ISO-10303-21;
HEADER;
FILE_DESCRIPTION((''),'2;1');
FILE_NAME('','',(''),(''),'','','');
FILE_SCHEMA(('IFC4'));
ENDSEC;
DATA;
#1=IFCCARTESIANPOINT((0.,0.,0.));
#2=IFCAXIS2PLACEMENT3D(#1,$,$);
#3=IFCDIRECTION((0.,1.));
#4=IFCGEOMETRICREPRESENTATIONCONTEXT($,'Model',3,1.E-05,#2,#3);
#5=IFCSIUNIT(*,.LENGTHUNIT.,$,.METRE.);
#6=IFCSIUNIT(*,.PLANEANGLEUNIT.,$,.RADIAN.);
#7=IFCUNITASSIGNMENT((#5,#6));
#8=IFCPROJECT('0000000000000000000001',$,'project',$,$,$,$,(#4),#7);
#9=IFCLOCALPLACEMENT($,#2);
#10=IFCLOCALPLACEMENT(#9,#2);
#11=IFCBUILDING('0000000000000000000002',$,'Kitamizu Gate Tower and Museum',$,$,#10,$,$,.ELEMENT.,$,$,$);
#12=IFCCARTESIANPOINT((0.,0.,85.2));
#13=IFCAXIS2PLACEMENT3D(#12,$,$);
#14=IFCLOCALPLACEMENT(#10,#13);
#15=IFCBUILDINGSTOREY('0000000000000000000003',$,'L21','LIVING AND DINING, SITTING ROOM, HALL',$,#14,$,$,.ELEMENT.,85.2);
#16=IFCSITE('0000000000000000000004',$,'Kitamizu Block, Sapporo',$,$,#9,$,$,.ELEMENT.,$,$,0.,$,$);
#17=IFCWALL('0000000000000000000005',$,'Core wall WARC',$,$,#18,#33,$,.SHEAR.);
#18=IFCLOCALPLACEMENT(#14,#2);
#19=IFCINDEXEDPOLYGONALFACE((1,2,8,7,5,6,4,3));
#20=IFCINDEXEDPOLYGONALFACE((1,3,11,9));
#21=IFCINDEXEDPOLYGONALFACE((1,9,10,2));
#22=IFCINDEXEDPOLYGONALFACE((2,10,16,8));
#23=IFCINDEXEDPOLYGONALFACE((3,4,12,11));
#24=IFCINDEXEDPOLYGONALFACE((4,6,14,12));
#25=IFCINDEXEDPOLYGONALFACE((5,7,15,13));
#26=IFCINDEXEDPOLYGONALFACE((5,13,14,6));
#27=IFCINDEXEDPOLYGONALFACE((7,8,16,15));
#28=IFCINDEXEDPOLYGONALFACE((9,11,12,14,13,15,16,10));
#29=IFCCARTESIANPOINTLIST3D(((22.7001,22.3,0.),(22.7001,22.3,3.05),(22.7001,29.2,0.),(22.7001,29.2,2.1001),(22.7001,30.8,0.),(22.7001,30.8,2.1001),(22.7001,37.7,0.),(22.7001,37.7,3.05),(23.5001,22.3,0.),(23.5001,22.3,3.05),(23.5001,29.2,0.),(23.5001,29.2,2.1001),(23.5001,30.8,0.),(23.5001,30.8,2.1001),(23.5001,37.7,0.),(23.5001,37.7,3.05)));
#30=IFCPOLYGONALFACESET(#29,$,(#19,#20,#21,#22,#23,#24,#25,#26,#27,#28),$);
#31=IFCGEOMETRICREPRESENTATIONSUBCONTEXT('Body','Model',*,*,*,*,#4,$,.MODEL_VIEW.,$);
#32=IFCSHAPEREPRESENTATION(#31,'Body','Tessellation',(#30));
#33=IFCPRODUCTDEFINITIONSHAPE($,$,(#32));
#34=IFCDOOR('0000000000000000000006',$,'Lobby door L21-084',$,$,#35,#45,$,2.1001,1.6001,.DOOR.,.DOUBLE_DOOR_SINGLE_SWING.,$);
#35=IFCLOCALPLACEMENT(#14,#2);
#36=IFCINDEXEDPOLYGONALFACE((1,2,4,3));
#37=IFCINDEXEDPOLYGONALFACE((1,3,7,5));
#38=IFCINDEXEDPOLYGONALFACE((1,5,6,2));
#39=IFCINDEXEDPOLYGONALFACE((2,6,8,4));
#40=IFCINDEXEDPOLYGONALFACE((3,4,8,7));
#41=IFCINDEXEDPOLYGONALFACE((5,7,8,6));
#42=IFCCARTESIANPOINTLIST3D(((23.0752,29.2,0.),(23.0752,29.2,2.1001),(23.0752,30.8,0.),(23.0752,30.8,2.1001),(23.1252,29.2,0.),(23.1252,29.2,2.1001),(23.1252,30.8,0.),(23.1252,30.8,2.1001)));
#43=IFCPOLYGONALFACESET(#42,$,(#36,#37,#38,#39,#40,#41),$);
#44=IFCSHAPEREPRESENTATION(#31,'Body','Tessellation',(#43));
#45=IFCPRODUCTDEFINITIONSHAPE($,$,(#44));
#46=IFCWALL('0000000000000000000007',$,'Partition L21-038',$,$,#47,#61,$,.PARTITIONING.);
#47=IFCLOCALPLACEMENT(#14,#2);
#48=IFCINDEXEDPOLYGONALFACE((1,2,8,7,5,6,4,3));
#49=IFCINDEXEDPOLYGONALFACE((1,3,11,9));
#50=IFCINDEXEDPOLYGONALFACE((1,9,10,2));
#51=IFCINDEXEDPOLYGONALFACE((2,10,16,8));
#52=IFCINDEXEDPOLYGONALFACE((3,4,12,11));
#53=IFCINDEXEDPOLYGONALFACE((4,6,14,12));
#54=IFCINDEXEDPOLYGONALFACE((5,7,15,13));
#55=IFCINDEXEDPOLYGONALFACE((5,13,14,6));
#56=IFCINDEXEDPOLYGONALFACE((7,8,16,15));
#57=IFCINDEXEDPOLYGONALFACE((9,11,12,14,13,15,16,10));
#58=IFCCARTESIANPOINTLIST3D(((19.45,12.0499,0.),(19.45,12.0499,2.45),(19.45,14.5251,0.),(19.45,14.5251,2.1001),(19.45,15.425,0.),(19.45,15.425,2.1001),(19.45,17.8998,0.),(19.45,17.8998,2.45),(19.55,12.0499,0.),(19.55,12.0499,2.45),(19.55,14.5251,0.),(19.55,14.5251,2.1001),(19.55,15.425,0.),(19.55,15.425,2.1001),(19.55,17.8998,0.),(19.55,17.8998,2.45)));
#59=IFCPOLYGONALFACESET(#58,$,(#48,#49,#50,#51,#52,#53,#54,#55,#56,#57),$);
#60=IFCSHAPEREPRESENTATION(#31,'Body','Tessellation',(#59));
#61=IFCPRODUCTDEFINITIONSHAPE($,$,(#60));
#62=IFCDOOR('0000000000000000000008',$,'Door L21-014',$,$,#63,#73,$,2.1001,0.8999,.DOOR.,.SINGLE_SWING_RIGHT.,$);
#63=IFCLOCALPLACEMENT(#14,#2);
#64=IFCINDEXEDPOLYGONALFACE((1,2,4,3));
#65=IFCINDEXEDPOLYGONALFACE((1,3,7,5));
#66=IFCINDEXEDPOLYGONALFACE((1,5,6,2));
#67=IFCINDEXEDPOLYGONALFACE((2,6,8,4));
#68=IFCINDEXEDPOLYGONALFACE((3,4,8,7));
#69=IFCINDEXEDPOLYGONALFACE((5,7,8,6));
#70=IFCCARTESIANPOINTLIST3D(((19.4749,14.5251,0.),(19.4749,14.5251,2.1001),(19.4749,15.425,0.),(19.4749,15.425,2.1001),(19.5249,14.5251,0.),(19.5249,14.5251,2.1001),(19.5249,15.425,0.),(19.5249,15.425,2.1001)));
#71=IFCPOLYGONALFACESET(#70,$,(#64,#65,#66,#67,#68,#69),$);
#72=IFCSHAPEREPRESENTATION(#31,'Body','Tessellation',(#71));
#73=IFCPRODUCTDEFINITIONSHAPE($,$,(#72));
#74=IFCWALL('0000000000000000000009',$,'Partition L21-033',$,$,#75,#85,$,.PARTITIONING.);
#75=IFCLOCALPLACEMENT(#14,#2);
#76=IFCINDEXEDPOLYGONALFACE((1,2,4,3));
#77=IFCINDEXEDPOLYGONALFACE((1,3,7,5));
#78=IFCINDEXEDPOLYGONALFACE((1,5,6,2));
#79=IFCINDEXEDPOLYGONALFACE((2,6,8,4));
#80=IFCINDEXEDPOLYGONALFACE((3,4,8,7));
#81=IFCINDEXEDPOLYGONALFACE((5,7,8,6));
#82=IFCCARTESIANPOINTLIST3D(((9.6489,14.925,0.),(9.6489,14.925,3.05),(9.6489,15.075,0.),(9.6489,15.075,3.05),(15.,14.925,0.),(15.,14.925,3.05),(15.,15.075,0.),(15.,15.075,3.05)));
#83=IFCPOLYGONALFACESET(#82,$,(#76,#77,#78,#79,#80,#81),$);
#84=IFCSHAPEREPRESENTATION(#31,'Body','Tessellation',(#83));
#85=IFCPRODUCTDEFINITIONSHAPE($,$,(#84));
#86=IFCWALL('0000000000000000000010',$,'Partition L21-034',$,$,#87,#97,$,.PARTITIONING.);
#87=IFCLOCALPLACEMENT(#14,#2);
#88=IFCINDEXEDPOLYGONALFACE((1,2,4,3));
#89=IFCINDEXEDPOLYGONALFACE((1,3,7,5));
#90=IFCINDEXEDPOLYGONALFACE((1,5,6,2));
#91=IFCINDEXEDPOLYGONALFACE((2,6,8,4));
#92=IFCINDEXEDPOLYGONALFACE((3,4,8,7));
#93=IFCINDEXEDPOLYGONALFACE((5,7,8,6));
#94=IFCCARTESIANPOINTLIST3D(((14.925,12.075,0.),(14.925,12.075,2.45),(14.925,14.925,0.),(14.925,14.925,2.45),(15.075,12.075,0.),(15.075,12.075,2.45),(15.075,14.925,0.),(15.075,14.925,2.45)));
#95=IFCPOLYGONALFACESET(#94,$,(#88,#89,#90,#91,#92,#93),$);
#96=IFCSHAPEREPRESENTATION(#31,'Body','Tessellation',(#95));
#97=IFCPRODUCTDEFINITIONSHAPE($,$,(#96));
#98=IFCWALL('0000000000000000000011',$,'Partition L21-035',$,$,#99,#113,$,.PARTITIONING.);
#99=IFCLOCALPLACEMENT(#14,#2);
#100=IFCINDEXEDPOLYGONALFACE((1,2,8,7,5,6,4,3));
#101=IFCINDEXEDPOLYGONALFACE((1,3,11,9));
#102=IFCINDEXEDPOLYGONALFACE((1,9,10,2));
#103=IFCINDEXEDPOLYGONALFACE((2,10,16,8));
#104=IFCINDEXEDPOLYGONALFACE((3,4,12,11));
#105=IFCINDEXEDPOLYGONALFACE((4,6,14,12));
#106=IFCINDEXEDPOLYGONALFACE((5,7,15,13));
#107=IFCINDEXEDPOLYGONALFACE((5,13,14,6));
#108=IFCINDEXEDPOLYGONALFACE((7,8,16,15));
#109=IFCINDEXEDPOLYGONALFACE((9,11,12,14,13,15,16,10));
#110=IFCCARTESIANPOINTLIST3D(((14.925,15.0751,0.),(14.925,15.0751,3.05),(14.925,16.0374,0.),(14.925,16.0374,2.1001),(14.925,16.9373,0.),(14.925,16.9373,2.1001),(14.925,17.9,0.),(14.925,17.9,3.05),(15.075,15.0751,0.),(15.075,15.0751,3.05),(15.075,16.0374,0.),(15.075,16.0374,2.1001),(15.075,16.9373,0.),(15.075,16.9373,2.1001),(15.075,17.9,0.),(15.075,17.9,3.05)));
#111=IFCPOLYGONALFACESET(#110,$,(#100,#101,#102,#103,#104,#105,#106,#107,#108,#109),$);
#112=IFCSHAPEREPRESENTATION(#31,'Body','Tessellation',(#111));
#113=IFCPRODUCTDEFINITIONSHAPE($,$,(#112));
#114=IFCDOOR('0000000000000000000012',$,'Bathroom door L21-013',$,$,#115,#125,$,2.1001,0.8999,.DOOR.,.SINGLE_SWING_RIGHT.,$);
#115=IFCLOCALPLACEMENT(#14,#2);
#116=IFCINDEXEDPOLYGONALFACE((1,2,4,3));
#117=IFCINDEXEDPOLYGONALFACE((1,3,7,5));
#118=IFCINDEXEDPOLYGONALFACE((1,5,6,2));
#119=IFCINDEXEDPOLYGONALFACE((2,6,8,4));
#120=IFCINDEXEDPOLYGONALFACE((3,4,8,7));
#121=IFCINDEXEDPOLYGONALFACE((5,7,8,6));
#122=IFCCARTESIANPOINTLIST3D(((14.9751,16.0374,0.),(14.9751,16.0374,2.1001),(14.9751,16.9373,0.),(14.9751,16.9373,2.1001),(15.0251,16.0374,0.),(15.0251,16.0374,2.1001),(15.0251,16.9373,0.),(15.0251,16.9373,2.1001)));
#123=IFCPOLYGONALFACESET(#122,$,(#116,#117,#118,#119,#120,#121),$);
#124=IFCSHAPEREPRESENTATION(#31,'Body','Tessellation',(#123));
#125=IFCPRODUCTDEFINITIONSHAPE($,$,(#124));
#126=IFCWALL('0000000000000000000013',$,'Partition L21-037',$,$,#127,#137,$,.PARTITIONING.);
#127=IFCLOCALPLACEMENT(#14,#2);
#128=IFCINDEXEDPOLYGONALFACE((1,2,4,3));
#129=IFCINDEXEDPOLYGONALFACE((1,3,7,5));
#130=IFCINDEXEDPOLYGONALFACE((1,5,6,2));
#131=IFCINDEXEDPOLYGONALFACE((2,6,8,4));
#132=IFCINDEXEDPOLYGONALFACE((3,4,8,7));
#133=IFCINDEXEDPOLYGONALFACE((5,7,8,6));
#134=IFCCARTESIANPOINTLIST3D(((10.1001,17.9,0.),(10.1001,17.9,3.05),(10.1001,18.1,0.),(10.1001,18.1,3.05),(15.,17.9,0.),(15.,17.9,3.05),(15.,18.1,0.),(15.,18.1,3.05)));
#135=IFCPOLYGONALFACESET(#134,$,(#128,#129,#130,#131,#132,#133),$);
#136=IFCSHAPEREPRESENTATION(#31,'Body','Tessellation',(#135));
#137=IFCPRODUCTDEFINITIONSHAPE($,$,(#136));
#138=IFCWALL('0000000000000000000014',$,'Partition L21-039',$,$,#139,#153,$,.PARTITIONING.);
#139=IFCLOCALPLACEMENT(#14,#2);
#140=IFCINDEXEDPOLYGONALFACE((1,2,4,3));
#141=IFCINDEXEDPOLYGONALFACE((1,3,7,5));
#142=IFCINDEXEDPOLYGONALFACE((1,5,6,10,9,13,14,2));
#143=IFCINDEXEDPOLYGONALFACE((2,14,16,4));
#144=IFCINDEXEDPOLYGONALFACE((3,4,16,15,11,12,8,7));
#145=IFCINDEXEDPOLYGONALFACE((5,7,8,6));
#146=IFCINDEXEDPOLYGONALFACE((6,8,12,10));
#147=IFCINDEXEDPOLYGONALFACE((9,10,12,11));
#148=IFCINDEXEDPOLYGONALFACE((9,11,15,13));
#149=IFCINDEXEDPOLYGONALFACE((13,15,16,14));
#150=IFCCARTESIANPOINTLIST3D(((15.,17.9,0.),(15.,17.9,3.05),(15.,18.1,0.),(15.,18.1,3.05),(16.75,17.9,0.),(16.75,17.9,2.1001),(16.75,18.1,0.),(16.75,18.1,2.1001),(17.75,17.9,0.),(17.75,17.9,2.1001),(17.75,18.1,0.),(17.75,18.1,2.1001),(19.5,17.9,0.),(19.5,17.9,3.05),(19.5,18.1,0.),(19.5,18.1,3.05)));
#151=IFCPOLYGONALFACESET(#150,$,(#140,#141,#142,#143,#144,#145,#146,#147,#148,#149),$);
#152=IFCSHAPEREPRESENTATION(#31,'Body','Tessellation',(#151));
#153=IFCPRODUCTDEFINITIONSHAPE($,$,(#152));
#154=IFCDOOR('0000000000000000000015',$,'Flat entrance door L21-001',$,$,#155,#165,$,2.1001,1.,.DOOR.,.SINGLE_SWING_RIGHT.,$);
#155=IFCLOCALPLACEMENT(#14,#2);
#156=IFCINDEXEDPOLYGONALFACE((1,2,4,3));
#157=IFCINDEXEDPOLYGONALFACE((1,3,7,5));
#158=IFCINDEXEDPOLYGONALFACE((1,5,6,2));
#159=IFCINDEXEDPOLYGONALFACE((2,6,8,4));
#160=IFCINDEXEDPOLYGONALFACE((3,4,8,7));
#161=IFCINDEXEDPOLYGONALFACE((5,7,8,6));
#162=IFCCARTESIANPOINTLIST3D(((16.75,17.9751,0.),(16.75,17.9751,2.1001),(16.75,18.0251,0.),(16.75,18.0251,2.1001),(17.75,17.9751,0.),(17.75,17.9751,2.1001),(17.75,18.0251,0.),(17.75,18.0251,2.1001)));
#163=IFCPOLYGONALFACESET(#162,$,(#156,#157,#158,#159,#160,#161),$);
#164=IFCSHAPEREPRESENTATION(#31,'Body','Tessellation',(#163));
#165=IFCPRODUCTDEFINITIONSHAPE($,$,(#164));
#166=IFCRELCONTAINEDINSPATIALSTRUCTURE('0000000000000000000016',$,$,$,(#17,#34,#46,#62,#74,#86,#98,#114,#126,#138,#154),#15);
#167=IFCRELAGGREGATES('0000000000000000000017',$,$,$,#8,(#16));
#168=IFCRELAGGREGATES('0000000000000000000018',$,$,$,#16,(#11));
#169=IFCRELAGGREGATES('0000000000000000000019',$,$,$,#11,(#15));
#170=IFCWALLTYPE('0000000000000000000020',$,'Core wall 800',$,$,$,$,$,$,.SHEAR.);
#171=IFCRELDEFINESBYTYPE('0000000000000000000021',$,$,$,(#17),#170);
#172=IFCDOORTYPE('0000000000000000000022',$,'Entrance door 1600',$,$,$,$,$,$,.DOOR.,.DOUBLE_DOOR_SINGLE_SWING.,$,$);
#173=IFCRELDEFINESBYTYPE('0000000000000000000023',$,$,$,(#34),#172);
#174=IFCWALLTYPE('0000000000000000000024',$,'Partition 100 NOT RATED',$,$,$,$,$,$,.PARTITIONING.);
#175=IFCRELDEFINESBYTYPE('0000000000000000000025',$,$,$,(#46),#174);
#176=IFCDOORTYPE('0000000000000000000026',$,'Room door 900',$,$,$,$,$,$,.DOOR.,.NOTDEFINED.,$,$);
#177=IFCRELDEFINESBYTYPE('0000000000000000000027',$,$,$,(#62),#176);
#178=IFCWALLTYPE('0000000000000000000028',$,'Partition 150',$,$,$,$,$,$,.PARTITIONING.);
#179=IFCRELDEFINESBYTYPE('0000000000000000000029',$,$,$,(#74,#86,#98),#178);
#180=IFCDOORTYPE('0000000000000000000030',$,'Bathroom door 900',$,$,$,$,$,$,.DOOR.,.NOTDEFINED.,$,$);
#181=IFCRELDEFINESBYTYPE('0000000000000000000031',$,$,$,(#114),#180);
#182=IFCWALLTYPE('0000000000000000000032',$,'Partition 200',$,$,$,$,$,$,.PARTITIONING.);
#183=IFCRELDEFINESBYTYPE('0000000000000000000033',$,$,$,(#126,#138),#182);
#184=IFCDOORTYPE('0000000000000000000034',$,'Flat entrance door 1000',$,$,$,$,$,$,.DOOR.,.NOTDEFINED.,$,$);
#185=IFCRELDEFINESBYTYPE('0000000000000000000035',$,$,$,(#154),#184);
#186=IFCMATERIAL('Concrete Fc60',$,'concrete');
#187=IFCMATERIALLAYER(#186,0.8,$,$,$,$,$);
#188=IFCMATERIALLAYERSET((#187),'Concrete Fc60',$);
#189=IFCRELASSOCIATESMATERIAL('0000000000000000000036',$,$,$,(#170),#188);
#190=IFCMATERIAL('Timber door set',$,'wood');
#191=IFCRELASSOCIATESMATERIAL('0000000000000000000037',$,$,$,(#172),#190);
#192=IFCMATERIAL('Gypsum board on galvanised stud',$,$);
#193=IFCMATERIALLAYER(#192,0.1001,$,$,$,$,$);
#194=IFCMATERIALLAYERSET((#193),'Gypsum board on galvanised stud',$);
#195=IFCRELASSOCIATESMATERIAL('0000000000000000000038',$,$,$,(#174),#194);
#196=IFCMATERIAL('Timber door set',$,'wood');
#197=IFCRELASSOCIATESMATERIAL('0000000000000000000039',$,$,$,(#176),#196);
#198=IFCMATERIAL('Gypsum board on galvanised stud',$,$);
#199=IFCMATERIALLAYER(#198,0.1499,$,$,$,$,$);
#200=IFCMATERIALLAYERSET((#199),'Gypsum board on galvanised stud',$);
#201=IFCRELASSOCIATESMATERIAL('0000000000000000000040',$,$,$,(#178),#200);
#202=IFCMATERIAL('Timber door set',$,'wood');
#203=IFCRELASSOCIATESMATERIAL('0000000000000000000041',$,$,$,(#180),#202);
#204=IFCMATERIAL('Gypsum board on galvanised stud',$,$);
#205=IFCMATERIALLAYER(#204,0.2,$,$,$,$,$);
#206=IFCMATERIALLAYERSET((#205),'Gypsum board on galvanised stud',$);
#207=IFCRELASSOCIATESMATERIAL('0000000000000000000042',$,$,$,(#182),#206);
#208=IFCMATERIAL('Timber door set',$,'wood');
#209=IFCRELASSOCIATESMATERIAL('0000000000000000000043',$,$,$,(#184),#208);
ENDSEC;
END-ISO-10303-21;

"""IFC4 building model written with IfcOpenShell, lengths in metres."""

from ifc_helpers import new_model, si_unit, direction, frame, frame_2d, origin, place, context, subcontext, project, spatial, rectangle, extrude, material, layer, layer_set, type_object, element, fill, save


model = new_model("IFC4")

# Units and contexts
model_context = context("Model", 3, precision=1e-05, world=origin(), true_north=direction((0.0, 1.0)))
body_context = subcontext(model_context, "Body", "Model", "MODEL_VIEW")
ifc_project = project(units=[si_unit("LENGTHUNIT", "METRE"), si_unit("PLANEANGLEUNIT", "RADIAN")], contexts=[model_context])

# Site, building, storey
site_placement = place(None, origin())
site = spatial("IfcSite", under=ifc_project, at=site_placement, Name="Kitamizu Block, Sapporo", CompositionType="ELEMENT", RefElevation=0.0)
building_placement = place(site_placement, origin())
building = spatial("IfcBuilding", under=site, at=building_placement, Name="Kitamizu Gate Tower and Museum", CompositionType="ELEMENT")
storey_placement = place(building_placement, frame((0.0, 0.0, 85.2)))
storey = spatial("IfcBuildingStorey", under=building, at=storey_placement, Name="L21", Description="LIVING AND DINING, SITTING ROOM, HALL", CompositionType="ELEMENT", Elevation=85.2)

# Walls, openings, doors
ifc_material_1 = material(Name="Concrete Fc60", Category="concrete")
ifc_layer_1 = layer(ifc_material_1, 0.8)
ifc_layer_set_1 = layer_set([ifc_layer_1], Name="Concrete Fc60")
wall_type_1 = type_object("IfcWallType", Name="Core wall 800", PredefinedType="SHEAR", material=ifc_layer_set_1)
wall_1_placement = place(storey_placement, frame((23.1001, 22.3, 0.0), z_axis=(0.0, 0.0, 1.0), x_axis=(0.0, 1.0, 0.0)))
wall_1 = element("IfcWall", 1, at=wall_1_placement, inside=storey, type_object=wall_type_1, Name="Core wall WARC", PredefinedType="SHEAR", context=body_context, shape_type="SweptSolid", body=[
    extrude(rectangle(XDim=15.3999, YDim=0.8, at=frame_2d((7.7, 0.0))), origin(), (0.0, 0.0, 1.0), 3.05),
])
opening_1_placement = place(wall_1_placement, frame((6.8999, 0.0, 0.0)))
opening_1 = element("IfcOpeningElement", 2, at=opening_1_placement, cuts=wall_1, PredefinedType="OPENING", context=body_context, shape_type="SweptSolid", body=[
    extrude(rectangle(XDim=1.6001, YDim=2.1001, at=frame_2d((0.8, 1.05))), frame((0.0, 0.4102, 0.0), z_axis=(0.0, -1.0, 0.0), x_axis=(1.0, 0.0, 0.0)), (0.0, 0.0, 1.0), 0.8201),
])
ifc_material_2 = material(Name="Timber door set", Category="wood")
door_type_1 = type_object("IfcDoorType", Name="Entrance door 1600", OperationType="DOUBLE_DOOR_SINGLE_SWING", PredefinedType="DOOR", material=ifc_material_2)
door_1_placement = place(opening_1_placement, origin())
door_1 = element("IfcDoor", 3, at=door_1_placement, inside=storey, type_object=door_type_1, Name="Lobby door L21-084", OperationType="DOUBLE_DOOR_SINGLE_SWING", OverallHeight=2.1001, OverallWidth=1.6001, PredefinedType="DOOR", context=body_context, shape_type="SweptSolid", body=[
    extrude(rectangle(XDim=1.6001, YDim=2.1001, at=frame_2d((0.8, 1.05))), frame((0.0, 0.0249, 0.0), z_axis=(0.0, -1.0, 0.0), x_axis=(1.0, 0.0, 0.0)), (0.0, 0.0, 1.0), 0.05),
])
fill(opening_1, door_1)
ifc_material_3 = material(Name="Gypsum board on galvanised stud")
ifc_layer_2 = layer(ifc_material_3, 0.1001)
ifc_layer_set_2 = layer_set([ifc_layer_2], Name="Gypsum board on galvanised stud")
wall_type_2 = type_object("IfcWallType", Name="Partition 100 NOT RATED", PredefinedType="PARTITIONING", material=ifc_layer_set_2)
wall_2_placement = place(storey_placement, frame((19.5, 12.05, 0.0), z_axis=(0.0, 0.0, 1.0), x_axis=(0.0, 1.0, 0.0)))
wall_2 = element("IfcWall", 4, at=wall_2_placement, inside=storey, type_object=wall_type_2, Name="Partition L21-038", PredefinedType="PARTITIONING", context=body_context, shape_type="SweptSolid", body=[
    extrude(rectangle(XDim=5.8499, YDim=0.1001, at=frame_2d((2.9248, 0.0))), origin(), (0.0, 0.0, 1.0), 2.45),
])
opening_2_placement = place(wall_2_placement, frame((2.4751, 0.0, 0.0)))
opening_2 = element("IfcOpeningElement", 5, at=opening_2_placement, cuts=wall_2, PredefinedType="OPENING", context=body_context, shape_type="SweptSolid", body=[
    extrude(rectangle(XDim=0.8999, YDim=2.1001, at=frame_2d((0.45, 1.05))), frame((0.0, 0.0601, 0.0), z_axis=(0.0, -1.0, 0.0), x_axis=(1.0, 0.0, 0.0)), (0.0, 0.0, 1.0), 0.1201),
])
ifc_material_4 = material(Name="Timber door set", Category="wood")
door_type_2 = type_object("IfcDoorType", Name="Room door 900", OperationType="NOTDEFINED", PredefinedType="DOOR", material=ifc_material_4)
door_2_placement = place(opening_2_placement, frame((0.8999, 0.0, 0.0), x_axis=(-1.0, 0.0, 0.0)))
door_2 = element("IfcDoor", 6, at=door_2_placement, inside=storey, type_object=door_type_2, Name="Door L21-014", OperationType="SINGLE_SWING_RIGHT", OverallHeight=2.1001, OverallWidth=0.8999, PredefinedType="DOOR", context=body_context, shape_type="SweptSolid", body=[
    extrude(rectangle(XDim=0.8999, YDim=2.1001, at=frame_2d((0.45, 1.05))), frame((0.0, 0.0249, 0.0), z_axis=(0.0, -1.0, 0.0), x_axis=(1.0, 0.0, 0.0)), (0.0, 0.0, 1.0), 0.05),
])
fill(opening_2, door_2)

# Walls
ifc_material_5 = material(Name="Gypsum board on galvanised stud")
ifc_layer_3 = layer(ifc_material_5, 0.1499)
ifc_layer_set_3 = layer_set([ifc_layer_3], Name="Gypsum board on galvanised stud")
wall_type_3 = type_object("IfcWallType", Name="Partition 150", PredefinedType="PARTITIONING", material=ifc_layer_set_3)
wall_3_placement = place(storey_placement, frame((15.0, 15.0, 0.0), z_axis=(0.0, 0.0, 1.0), x_axis=(-1.0, 0.0, 0.0)))
element("IfcWall", 7, at=wall_3_placement, inside=storey, type_object=wall_type_3, Name="Partition L21-033", PredefinedType="PARTITIONING", context=body_context, shape_type="SweptSolid", body=[
    extrude(rectangle(XDim=5.3511, YDim=0.1499, at=frame_2d((2.6755, 0.0))), origin(), (0.0, 0.0, 1.0), 3.05),
])
wall_4_placement = place(storey_placement, frame((15.0, 12.075, 0.0), z_axis=(0.0, 0.0, 1.0), x_axis=(0.0, 1.0, 0.0)))
element("IfcWall", 8, at=wall_4_placement, inside=storey, type_object=wall_type_3, Name="Partition L21-034", PredefinedType="PARTITIONING", context=body_context, shape_type="SweptSolid", body=[
    extrude(rectangle(XDim=2.8501, YDim=0.1499, at=frame_2d((1.425, 0.0))), origin(), (0.0, 0.0, 1.0), 2.45),
])

# Wall, opening, door
wall_5_placement = place(storey_placement, frame((15.0, 15.075, 0.0), z_axis=(0.0, 0.0, 1.0), x_axis=(0.0, 1.0, 0.0)))
wall_5 = element("IfcWall", 9, at=wall_5_placement, inside=storey, type_object=wall_type_3, Name="Partition L21-035", PredefinedType="PARTITIONING", context=body_context, shape_type="SweptSolid", body=[
    extrude(rectangle(XDim=2.825, YDim=0.1499, at=frame_2d((1.4126, 0.0))), origin(), (0.0, 0.0, 1.0), 3.05),
])
opening_3_placement = place(wall_5_placement, frame((0.9624, 0.0, 0.0)))
opening_3 = element("IfcOpeningElement", 10, at=opening_3_placement, cuts=wall_5, PredefinedType="OPENING", context=body_context, shape_type="SweptSolid", body=[
    extrude(rectangle(XDim=0.8999, YDim=2.1001, at=frame_2d((0.45, 1.05))), frame((0.0, 0.085, 0.0), z_axis=(0.0, -1.0, 0.0), x_axis=(1.0, 0.0, 0.0)), (0.0, 0.0, 1.0), 0.1699),
])
ifc_material_6 = material(Name="Timber door set", Category="wood")
door_type_3 = type_object("IfcDoorType", Name="Bathroom door 900", OperationType="NOTDEFINED", PredefinedType="DOOR", material=ifc_material_6)
door_3_placement = place(opening_3_placement, origin())
door_3 = element("IfcDoor", 11, at=door_3_placement, inside=storey, type_object=door_type_3, Name="Bathroom door L21-013", OperationType="SINGLE_SWING_RIGHT", OverallHeight=2.1001, OverallWidth=0.8999, PredefinedType="DOOR", context=body_context, shape_type="SweptSolid", body=[
    extrude(rectangle(XDim=0.8999, YDim=2.1001, at=frame_2d((0.45, 1.05))), frame((0.0, 0.0249, 0.0), z_axis=(0.0, -1.0, 0.0), x_axis=(1.0, 0.0, 0.0)), (0.0, 0.0, 1.0), 0.05),
])
fill(opening_3, door_3)

# Wall
ifc_material_7 = material(Name="Gypsum board on galvanised stud")
ifc_layer_4 = layer(ifc_material_7, 0.2)
ifc_layer_set_4 = layer_set([ifc_layer_4], Name="Gypsum board on galvanised stud")
wall_type_4 = type_object("IfcWallType", Name="Partition 200", PredefinedType="PARTITIONING", material=ifc_layer_set_4)
wall_6_placement = place(storey_placement, frame((15.0, 18.0, 0.0), z_axis=(0.0, 0.0, 1.0), x_axis=(-1.0, 0.0, 0.0)))
element("IfcWall", 12, at=wall_6_placement, inside=storey, type_object=wall_type_4, Name="Partition L21-037", PredefinedType="PARTITIONING", context=body_context, shape_type="SweptSolid", body=[
    extrude(rectangle(XDim=4.8999, YDim=0.2, at=frame_2d((2.45, 0.0))), origin(), (0.0, 0.0, 1.0), 3.05),
])

# Wall, opening, door
wall_7_placement = place(storey_placement, frame((19.5, 18.0, 0.0), z_axis=(0.0, 0.0, 1.0), x_axis=(-1.0, 0.0, 0.0)))
wall_7 = element("IfcWall", 13, at=wall_7_placement, inside=storey, type_object=wall_type_4, Name="Partition L21-039", PredefinedType="PARTITIONING", context=body_context, shape_type="SweptSolid", body=[
    extrude(rectangle(XDim=4.5, YDim=0.2, at=frame_2d((2.25, 0.0))), origin(), (0.0, 0.0, 1.0), 3.05),
])
opening_4_placement = place(wall_7_placement, frame((1.75, 0.0, 0.0)))
opening_4 = element("IfcOpeningElement", 14, at=opening_4_placement, cuts=wall_7, PredefinedType="OPENING", context=body_context, shape_type="SweptSolid", body=[
    extrude(rectangle(XDim=1.0, YDim=2.1001, at=frame_2d((0.5, 1.05))), frame((0.0, 0.1099, 0.0), z_axis=(0.0, -1.0, 0.0), x_axis=(1.0, 0.0, 0.0)), (0.0, 0.0, 1.0), 0.22),
])
ifc_material_8 = material(Name="Timber door set", Category="wood")
door_type_4 = type_object("IfcDoorType", Name="Flat entrance door 1000", OperationType="NOTDEFINED", PredefinedType="DOOR", material=ifc_material_8)
door_4_placement = place(opening_4_placement, origin())
door_4 = element("IfcDoor", 15, at=door_4_placement, inside=storey, type_object=door_type_4, Name="Flat entrance door L21-001", OperationType="SINGLE_SWING_RIGHT", OverallHeight=2.1001, OverallWidth=1.0, PredefinedType="DOOR", context=body_context, shape_type="SweptSolid", body=[
    extrude(rectangle(XDim=1.0, YDim=2.1001, at=frame_2d((0.5, 1.05))), frame((0.0, 0.0249, 0.0), z_axis=(0.0, -1.0, 0.0), x_axis=(1.0, 0.0, 0.0)), (0.0, 0.0, 1.0), 0.05),
])
fill(opening_4, door_4)

save(model, "model.ifc")
